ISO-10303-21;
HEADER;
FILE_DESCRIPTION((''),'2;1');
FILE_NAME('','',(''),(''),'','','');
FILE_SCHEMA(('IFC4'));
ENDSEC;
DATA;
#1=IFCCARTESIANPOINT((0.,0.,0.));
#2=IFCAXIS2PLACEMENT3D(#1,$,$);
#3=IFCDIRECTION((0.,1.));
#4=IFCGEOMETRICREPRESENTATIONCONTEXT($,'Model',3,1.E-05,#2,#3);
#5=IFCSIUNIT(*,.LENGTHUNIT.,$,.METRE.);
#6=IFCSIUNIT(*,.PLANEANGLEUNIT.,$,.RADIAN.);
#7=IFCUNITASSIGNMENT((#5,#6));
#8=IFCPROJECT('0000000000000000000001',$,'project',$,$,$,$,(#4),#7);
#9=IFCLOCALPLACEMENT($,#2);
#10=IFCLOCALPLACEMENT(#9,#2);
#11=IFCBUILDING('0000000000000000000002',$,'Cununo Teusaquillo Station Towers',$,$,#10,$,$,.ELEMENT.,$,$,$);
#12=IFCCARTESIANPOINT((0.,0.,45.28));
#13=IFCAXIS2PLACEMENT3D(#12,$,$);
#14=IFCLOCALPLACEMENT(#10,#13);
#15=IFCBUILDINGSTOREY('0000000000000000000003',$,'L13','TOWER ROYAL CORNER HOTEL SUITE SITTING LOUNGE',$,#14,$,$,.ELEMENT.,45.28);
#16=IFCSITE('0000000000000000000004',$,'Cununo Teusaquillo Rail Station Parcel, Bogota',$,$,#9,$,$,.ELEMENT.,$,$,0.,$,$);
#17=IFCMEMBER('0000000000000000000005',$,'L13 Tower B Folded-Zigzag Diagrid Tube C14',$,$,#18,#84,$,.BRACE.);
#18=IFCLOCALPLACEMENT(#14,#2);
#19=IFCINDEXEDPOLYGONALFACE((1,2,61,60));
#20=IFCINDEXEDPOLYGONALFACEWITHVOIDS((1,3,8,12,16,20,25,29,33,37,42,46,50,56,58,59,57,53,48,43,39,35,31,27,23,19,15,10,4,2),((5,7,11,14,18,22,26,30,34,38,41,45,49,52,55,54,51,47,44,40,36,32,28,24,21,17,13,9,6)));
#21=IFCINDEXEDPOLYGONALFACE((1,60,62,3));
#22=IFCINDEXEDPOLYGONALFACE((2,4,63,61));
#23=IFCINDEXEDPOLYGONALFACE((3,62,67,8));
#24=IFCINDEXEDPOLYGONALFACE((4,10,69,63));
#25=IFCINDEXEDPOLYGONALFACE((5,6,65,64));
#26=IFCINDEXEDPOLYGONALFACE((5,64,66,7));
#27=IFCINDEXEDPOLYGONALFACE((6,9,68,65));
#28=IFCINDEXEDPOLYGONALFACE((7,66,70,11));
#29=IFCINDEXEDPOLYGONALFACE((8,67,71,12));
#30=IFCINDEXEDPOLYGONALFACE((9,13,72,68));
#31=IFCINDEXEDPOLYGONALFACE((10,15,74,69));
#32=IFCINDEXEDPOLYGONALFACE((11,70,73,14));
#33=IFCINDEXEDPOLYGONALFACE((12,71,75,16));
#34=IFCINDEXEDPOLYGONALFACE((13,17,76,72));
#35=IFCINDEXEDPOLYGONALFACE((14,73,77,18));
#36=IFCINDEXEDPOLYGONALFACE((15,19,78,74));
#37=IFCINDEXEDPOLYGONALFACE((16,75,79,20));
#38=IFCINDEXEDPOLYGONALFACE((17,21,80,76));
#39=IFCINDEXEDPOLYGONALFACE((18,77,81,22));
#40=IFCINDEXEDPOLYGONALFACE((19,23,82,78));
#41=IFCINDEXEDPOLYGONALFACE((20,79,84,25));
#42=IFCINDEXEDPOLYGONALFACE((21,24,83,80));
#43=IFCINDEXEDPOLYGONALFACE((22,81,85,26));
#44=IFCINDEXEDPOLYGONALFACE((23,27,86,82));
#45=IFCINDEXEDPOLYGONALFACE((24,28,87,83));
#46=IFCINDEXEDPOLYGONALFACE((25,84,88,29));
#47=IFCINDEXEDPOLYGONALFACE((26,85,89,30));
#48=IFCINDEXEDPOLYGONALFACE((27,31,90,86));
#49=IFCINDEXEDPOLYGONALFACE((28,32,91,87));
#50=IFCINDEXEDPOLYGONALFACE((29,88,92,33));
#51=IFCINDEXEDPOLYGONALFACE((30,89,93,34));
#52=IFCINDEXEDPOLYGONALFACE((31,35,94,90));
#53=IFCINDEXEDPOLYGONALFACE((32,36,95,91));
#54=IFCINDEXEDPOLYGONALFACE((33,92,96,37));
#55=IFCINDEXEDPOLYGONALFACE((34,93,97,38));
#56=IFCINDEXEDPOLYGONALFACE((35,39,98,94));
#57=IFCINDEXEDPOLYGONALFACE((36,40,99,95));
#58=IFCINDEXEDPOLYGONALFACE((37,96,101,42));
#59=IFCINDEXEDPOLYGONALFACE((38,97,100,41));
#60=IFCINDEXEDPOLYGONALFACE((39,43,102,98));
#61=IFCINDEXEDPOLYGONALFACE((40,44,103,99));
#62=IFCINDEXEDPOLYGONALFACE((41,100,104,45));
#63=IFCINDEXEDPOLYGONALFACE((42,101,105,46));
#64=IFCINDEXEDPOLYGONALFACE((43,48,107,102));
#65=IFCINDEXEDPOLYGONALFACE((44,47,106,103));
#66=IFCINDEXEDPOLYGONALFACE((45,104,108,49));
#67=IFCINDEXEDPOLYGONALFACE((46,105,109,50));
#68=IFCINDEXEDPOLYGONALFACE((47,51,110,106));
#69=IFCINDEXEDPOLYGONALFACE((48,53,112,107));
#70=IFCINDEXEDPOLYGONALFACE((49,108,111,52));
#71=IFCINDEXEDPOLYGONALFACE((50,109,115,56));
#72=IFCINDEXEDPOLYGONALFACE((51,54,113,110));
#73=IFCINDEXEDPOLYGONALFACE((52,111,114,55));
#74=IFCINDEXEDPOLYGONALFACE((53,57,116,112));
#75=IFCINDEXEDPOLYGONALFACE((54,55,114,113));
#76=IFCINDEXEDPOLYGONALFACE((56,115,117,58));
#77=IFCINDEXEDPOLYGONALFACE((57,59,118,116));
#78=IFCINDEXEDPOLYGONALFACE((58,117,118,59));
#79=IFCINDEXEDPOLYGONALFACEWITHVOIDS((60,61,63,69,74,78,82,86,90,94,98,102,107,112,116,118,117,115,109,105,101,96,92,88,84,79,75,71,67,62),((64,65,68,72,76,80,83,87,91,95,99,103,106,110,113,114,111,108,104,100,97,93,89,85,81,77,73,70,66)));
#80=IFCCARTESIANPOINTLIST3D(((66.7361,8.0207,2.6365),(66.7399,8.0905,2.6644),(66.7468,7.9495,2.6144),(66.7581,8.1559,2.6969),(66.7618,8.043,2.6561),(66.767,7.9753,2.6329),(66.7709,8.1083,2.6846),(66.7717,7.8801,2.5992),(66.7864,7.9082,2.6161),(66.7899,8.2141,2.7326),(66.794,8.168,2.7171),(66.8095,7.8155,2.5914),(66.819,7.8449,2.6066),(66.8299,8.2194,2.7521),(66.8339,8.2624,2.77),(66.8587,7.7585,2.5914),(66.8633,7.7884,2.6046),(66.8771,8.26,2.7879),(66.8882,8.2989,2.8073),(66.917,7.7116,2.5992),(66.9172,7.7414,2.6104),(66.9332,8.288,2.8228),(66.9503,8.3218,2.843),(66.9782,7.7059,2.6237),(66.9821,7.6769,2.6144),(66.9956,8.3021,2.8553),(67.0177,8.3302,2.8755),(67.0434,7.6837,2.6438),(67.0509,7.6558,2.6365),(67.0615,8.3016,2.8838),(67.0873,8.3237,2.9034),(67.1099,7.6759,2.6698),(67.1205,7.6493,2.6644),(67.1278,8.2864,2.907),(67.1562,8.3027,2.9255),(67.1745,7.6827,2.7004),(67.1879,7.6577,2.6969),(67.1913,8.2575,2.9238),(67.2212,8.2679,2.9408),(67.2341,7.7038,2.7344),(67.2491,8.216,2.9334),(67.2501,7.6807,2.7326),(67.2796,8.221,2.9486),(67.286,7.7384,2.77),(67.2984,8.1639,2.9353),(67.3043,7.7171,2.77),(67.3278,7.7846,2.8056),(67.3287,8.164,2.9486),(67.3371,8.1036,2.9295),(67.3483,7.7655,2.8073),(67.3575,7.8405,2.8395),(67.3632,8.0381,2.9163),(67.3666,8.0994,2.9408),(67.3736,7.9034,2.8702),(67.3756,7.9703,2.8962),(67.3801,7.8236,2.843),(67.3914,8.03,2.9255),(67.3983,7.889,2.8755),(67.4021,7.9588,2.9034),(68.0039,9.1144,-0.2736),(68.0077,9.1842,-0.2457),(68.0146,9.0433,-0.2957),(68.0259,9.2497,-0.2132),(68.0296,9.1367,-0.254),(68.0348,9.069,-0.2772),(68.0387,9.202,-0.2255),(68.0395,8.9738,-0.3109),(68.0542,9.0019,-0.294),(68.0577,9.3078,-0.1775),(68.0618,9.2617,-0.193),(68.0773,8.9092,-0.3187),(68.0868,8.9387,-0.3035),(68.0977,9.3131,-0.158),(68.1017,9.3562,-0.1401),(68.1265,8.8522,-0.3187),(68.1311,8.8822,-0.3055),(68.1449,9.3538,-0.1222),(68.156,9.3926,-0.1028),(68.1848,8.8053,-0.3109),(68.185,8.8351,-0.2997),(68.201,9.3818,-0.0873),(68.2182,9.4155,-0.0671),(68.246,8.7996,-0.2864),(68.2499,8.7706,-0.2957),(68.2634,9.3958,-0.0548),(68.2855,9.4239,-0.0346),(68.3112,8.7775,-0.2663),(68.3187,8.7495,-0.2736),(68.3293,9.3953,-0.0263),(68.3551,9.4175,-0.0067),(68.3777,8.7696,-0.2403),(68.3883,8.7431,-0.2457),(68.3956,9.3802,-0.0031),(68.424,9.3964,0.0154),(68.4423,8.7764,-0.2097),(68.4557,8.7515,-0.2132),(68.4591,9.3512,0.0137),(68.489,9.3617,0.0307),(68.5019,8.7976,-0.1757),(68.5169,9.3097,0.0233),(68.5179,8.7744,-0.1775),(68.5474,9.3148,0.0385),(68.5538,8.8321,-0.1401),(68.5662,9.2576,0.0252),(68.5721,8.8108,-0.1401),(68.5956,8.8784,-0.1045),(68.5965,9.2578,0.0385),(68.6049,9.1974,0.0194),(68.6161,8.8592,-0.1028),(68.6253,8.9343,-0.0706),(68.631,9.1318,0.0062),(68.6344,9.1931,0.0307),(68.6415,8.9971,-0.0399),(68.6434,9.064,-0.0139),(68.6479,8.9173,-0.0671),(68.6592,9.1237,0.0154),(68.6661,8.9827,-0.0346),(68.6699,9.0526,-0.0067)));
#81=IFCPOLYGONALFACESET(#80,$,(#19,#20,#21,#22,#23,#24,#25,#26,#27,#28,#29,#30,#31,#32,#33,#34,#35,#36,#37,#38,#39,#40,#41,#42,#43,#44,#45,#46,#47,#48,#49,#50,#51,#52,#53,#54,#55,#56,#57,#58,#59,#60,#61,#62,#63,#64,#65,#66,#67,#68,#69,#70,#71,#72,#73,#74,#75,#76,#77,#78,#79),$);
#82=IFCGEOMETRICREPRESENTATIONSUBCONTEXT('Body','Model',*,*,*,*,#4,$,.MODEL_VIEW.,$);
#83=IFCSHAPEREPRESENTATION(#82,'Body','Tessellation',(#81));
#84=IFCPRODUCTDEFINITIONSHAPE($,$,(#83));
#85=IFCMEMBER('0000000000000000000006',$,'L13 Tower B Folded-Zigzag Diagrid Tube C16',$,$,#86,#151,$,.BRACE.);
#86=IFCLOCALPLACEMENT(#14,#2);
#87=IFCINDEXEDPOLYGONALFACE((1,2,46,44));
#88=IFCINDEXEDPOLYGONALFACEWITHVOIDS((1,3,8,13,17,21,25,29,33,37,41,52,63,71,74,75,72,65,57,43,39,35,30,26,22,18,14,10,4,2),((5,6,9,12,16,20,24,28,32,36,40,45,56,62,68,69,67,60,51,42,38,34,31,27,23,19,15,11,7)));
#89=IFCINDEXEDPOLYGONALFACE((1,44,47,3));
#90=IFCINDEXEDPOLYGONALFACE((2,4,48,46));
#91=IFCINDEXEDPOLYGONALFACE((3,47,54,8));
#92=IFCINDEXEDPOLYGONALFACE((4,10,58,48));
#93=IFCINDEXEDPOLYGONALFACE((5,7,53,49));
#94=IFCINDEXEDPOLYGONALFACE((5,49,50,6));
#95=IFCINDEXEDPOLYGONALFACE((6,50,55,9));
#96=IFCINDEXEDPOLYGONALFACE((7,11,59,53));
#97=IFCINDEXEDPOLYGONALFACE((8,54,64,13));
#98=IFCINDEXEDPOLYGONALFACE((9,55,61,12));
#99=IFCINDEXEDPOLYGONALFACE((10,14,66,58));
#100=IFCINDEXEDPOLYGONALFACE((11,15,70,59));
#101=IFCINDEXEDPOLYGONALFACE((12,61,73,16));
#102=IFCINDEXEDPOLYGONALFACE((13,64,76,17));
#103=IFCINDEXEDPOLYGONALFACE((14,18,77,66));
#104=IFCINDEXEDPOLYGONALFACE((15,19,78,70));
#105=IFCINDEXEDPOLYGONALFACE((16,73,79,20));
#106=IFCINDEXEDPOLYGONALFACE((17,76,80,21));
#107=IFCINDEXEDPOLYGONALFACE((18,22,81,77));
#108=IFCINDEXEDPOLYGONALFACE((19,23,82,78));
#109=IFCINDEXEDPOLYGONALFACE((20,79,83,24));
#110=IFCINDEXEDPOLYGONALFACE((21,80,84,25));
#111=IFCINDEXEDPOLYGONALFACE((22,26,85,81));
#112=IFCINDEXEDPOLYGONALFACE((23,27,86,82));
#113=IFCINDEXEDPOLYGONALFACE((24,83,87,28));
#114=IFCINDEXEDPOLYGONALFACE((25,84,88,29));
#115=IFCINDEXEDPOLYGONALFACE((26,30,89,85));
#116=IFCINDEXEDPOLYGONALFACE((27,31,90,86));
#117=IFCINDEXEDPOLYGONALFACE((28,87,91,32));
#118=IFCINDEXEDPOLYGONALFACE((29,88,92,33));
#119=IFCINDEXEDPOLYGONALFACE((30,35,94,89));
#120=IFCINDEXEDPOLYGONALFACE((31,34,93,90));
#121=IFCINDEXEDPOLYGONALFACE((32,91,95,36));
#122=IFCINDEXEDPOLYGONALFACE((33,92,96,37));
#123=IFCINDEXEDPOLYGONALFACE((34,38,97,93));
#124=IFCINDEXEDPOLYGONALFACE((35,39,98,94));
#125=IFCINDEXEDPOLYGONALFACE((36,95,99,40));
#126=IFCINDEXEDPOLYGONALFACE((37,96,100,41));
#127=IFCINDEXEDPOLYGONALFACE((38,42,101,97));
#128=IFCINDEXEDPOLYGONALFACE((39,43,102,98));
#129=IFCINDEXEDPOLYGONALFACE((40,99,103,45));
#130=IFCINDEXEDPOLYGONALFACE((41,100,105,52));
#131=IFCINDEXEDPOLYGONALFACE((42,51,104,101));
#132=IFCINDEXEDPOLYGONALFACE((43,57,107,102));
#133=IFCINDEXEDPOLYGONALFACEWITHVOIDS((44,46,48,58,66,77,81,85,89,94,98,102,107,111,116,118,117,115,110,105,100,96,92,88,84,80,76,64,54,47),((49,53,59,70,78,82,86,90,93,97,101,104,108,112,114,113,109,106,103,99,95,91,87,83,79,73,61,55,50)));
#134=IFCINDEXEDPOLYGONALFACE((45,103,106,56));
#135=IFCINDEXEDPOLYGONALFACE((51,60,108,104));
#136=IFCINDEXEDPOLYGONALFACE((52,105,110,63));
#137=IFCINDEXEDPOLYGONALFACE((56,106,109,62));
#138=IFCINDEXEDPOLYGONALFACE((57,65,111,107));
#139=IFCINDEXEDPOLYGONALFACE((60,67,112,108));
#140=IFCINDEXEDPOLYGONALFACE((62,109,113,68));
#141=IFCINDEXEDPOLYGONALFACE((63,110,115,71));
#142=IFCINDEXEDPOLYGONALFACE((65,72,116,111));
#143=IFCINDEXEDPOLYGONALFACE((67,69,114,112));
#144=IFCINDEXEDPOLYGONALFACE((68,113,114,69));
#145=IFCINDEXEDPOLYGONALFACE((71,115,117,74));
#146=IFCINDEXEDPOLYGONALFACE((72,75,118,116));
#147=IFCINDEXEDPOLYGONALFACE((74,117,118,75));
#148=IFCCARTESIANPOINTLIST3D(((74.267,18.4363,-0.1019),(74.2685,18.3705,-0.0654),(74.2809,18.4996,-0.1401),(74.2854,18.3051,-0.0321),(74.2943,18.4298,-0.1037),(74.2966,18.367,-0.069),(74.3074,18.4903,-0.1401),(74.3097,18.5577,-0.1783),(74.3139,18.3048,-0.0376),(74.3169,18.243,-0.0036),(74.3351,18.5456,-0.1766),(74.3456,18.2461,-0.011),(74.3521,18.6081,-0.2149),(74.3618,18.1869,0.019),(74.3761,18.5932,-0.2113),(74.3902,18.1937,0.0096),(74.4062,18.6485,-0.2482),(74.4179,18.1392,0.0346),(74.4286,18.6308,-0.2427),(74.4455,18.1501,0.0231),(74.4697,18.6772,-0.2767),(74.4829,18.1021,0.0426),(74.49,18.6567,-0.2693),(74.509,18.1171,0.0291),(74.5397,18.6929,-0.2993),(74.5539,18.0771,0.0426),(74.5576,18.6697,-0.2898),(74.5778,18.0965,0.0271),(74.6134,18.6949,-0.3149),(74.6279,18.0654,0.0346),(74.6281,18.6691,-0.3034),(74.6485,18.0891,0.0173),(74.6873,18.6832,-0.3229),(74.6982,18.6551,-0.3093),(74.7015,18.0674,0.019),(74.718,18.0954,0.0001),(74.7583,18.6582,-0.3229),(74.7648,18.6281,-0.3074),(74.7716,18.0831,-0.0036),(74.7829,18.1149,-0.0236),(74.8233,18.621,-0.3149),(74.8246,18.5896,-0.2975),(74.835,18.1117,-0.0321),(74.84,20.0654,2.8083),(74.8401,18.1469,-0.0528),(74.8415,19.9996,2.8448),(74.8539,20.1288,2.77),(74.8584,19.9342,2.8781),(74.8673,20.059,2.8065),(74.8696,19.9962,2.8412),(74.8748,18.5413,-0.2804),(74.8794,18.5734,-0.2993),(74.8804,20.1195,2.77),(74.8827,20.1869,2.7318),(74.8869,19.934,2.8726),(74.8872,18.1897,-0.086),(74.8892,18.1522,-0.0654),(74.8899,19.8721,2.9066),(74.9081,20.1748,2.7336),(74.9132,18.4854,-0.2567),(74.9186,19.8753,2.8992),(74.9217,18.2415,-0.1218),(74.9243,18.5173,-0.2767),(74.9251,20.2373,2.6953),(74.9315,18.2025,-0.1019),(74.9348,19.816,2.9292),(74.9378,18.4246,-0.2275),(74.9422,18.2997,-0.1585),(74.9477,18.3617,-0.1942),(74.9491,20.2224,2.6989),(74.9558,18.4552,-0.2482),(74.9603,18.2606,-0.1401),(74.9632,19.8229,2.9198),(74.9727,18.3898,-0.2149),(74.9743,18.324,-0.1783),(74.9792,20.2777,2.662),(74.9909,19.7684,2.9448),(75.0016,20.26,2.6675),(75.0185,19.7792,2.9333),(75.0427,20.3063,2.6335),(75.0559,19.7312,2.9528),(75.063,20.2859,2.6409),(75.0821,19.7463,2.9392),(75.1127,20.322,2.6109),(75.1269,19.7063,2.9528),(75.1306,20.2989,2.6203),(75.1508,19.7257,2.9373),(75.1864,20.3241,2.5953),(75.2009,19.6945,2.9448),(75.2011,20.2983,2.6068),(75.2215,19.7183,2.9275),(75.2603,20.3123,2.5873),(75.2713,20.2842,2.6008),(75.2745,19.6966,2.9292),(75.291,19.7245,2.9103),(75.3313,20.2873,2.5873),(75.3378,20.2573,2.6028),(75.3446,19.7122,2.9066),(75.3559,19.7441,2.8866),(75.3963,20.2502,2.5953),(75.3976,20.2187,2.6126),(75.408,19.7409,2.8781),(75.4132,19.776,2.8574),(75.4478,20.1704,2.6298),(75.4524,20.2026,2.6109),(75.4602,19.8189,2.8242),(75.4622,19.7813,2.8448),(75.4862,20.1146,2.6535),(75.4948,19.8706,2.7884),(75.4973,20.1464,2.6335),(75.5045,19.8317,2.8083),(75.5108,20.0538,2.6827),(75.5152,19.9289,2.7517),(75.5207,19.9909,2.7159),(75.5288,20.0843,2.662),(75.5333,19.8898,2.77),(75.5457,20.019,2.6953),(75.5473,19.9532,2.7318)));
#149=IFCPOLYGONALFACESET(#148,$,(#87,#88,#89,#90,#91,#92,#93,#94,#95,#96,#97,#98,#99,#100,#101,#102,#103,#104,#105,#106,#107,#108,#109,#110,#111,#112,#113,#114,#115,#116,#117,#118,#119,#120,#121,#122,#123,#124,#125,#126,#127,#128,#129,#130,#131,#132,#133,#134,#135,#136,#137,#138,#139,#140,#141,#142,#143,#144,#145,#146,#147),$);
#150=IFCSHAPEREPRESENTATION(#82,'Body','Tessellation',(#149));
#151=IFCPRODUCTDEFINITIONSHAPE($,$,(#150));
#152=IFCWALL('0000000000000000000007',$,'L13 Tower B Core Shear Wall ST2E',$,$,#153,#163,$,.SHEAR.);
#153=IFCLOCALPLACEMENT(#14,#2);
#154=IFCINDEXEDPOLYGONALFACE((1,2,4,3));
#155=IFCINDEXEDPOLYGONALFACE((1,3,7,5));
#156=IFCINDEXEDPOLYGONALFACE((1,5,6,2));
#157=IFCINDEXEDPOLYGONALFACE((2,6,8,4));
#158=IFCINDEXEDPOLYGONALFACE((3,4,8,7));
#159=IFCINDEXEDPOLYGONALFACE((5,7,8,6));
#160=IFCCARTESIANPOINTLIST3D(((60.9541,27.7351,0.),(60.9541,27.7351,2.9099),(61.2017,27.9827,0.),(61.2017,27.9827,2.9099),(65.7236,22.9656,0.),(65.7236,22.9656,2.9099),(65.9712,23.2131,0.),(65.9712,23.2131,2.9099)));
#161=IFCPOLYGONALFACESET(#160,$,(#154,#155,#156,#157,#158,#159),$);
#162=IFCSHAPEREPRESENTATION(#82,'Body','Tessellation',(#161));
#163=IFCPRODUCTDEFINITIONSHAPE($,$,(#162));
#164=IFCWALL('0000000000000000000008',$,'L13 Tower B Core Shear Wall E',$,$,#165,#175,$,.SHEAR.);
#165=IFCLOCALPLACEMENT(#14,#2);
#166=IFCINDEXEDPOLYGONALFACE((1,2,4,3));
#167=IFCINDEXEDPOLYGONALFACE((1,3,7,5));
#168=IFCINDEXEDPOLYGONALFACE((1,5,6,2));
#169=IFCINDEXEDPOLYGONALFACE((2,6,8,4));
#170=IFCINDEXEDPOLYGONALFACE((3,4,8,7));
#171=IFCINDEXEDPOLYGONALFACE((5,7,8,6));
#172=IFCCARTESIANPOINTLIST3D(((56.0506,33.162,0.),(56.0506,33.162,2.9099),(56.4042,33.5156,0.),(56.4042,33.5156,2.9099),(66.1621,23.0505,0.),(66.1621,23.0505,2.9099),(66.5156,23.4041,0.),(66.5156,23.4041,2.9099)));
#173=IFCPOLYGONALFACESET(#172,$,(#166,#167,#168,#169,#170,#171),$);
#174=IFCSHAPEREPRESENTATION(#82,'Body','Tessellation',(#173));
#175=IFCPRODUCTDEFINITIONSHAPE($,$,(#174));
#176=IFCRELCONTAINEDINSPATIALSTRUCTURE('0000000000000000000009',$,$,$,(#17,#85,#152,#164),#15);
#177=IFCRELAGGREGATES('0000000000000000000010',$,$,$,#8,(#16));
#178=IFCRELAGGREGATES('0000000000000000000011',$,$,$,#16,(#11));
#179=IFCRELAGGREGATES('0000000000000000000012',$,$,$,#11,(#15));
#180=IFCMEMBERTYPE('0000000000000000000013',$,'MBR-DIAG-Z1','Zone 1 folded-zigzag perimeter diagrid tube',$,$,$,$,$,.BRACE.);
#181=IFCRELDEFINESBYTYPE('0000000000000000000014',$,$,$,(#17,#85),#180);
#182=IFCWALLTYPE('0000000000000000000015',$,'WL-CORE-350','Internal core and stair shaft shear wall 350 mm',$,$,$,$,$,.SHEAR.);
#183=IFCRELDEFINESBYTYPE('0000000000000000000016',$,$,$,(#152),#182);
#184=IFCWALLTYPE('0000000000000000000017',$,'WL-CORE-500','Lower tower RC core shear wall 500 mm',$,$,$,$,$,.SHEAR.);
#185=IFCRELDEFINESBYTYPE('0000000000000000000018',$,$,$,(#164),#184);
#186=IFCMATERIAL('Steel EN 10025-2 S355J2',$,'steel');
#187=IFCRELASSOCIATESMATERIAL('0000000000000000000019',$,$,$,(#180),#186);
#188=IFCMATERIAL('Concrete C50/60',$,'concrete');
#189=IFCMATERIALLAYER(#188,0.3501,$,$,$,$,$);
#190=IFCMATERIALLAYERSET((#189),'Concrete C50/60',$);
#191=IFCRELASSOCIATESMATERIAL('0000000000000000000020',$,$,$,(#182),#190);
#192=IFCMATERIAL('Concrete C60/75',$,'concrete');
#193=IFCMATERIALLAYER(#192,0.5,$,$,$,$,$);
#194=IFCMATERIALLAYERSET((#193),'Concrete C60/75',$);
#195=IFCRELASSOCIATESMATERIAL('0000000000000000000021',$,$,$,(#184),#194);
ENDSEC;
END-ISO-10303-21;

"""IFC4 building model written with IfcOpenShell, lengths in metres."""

from ifc_helpers import new_model, si_unit, direction, frame, frame_2d, origin, origin_2d, place, context, subcontext, project, spatial, rectangle, hollow_circle, extrude, material, layer, layer_set, material_profile, profile_set, type_object, element, save


model = new_model("IFC4")

# Units and contexts
model_context = context("Model", 3, precision=1e-05, world=origin(), true_north=direction((0.0, 1.0)))
body_context = subcontext(model_context, "Body", "Model", "MODEL_VIEW")
ifc_project = project(units=[si_unit("LENGTHUNIT", "METRE"), si_unit("PLANEANGLEUNIT", "RADIAN")], contexts=[model_context])

# Site, building, storey
site_placement = place(None, origin())
site = spatial("IfcSite", under=ifc_project, at=site_placement, Name="Cununo Teusaquillo Rail Station Parcel, Bogota", CompositionType="ELEMENT", RefElevation=0.0)
building_placement = place(site_placement, origin())
building = spatial("IfcBuilding", under=site, at=building_placement, Name="Cununo Teusaquillo Station Towers", CompositionType="ELEMENT")
storey_placement = place(building_placement, frame((0.0, 0.0, 45.28)))
storey = spatial("IfcBuildingStorey", under=building, at=storey_placement, Name="L13", Description="TOWER ROYAL CORNER HOTEL SUITE SITTING LOUNGE", CompositionType="ELEMENT", Elevation=45.28)

# Members
ifc_material_1 = material(Name="Steel EN 10025-2 S355J2", Category="steel")
ifc_material_profile_1 = material_profile(ifc_material_1, hollow_circle(Radius=0.3601, WallThickness=0.0281, at=origin_2d()), Name="CHS 720x28")
ifc_profile_set_1 = profile_set([ifc_material_profile_1], Name="Steel EN 10025-2 S355J2")
member_type = type_object("IfcMemberType", Name="MBR-DIAG-Z1", Description="Zone 1 folded-zigzag perimeter diagrid tube", PredefinedType="BRACE", material=ifc_profile_set_1)
member_1_placement = place(storey_placement, frame((68.3369, 9.0835, -0.1401), z_axis=(-0.377611, -0.325765, 0.866768), x_axis=(0.653214, -0.757174, 0.0)))
element("IfcMember", 1, at=member_1_placement, inside=storey, type_object=member_type, Name="L13 Tower B Folded-Zigzag Diagrid Tube C14", PredefinedType="BRACE", context=body_context, shape_type="SweptSolid", body=[
    extrude(hollow_circle(Radius=0.3601, WallThickness=0.0281, at=origin_2d()), origin(), (0.0, 0.0, 1.0), 3.3574),
])
member_2_placement = place(storey_placement, frame((74.6206, 18.3801, -0.1401), z_axis=(0.169326, 0.481427, 0.859975), x_axis=(-0.943353, 0.331792, 0.0)))
element("IfcMember", 2, at=member_2_placement, inside=storey, type_object=member_type, Name="L13 Tower B Folded-Zigzag Diagrid Tube C16", PredefinedType="BRACE", context=body_context, shape_type="SweptSolid", body=[
    extrude(hollow_circle(Radius=0.3601, WallThickness=0.0281, at=origin_2d()), origin(), (0.0, 0.0, 1.0), 3.384),
])

# Walls
ifc_material_2 = material(Name="Concrete C50/60", Category="concrete")
ifc_layer_1 = layer(ifc_material_2, 0.3501)
ifc_layer_set_1 = layer_set([ifc_layer_1], Name="Concrete C50/60")
wall_type_1 = type_object("IfcWallType", Name="WL-CORE-350", Description="Internal core and stair shaft shear wall 350 mm", PredefinedType="SHEAR", material=ifc_layer_set_1)
wall_1_placement = place(storey_placement, frame((65.8474, 23.0894, 0.0), z_axis=(0.0, 0.0, 1.0), x_axis=(-0.707107, 0.707107, 0.0)))
element("IfcWall", 3, at=wall_1_placement, inside=storey, type_object=wall_type_1, Name="L13 Tower B Core Shear Wall ST2E", PredefinedType="SHEAR", context=body_context, shape_type="SweptSolid", body=[
    extrude(rectangle(XDim=6.7451, YDim=0.3501, at=frame_2d((3.3726, 0.0))), origin(), (0.0, 0.0, 1.0), 2.9099),
])
ifc_material_3 = material(Name="Concrete C60/75", Category="concrete")
ifc_layer_2 = layer(ifc_material_3, 0.5)
ifc_layer_set_2 = layer_set([ifc_layer_2], Name="Concrete C60/75")
wall_type_2 = type_object("IfcWallType", Name="WL-CORE-500", Description="Lower tower RC core shear wall 500 mm", PredefinedType="SHEAR", material=ifc_layer_set_2)
wall_2_placement = place(storey_placement, frame((66.3389, 23.2273, 0.0), z_axis=(0.0, 0.0, 1.0), x_axis=(-0.707107, 0.707107, 0.0)))
element("IfcWall", 4, at=wall_2_placement, inside=storey, type_object=wall_type_2, Name="L13 Tower B Core Shear Wall E", PredefinedType="SHEAR", context=body_context, shape_type="SweptSolid", body=[
    extrude(rectangle(XDim=14.2998, YDim=0.5, at=frame_2d((7.1499, 0.0))), origin(), (0.0, 0.0, 1.0), 2.9099),
])

save(model, "model.ifc")
